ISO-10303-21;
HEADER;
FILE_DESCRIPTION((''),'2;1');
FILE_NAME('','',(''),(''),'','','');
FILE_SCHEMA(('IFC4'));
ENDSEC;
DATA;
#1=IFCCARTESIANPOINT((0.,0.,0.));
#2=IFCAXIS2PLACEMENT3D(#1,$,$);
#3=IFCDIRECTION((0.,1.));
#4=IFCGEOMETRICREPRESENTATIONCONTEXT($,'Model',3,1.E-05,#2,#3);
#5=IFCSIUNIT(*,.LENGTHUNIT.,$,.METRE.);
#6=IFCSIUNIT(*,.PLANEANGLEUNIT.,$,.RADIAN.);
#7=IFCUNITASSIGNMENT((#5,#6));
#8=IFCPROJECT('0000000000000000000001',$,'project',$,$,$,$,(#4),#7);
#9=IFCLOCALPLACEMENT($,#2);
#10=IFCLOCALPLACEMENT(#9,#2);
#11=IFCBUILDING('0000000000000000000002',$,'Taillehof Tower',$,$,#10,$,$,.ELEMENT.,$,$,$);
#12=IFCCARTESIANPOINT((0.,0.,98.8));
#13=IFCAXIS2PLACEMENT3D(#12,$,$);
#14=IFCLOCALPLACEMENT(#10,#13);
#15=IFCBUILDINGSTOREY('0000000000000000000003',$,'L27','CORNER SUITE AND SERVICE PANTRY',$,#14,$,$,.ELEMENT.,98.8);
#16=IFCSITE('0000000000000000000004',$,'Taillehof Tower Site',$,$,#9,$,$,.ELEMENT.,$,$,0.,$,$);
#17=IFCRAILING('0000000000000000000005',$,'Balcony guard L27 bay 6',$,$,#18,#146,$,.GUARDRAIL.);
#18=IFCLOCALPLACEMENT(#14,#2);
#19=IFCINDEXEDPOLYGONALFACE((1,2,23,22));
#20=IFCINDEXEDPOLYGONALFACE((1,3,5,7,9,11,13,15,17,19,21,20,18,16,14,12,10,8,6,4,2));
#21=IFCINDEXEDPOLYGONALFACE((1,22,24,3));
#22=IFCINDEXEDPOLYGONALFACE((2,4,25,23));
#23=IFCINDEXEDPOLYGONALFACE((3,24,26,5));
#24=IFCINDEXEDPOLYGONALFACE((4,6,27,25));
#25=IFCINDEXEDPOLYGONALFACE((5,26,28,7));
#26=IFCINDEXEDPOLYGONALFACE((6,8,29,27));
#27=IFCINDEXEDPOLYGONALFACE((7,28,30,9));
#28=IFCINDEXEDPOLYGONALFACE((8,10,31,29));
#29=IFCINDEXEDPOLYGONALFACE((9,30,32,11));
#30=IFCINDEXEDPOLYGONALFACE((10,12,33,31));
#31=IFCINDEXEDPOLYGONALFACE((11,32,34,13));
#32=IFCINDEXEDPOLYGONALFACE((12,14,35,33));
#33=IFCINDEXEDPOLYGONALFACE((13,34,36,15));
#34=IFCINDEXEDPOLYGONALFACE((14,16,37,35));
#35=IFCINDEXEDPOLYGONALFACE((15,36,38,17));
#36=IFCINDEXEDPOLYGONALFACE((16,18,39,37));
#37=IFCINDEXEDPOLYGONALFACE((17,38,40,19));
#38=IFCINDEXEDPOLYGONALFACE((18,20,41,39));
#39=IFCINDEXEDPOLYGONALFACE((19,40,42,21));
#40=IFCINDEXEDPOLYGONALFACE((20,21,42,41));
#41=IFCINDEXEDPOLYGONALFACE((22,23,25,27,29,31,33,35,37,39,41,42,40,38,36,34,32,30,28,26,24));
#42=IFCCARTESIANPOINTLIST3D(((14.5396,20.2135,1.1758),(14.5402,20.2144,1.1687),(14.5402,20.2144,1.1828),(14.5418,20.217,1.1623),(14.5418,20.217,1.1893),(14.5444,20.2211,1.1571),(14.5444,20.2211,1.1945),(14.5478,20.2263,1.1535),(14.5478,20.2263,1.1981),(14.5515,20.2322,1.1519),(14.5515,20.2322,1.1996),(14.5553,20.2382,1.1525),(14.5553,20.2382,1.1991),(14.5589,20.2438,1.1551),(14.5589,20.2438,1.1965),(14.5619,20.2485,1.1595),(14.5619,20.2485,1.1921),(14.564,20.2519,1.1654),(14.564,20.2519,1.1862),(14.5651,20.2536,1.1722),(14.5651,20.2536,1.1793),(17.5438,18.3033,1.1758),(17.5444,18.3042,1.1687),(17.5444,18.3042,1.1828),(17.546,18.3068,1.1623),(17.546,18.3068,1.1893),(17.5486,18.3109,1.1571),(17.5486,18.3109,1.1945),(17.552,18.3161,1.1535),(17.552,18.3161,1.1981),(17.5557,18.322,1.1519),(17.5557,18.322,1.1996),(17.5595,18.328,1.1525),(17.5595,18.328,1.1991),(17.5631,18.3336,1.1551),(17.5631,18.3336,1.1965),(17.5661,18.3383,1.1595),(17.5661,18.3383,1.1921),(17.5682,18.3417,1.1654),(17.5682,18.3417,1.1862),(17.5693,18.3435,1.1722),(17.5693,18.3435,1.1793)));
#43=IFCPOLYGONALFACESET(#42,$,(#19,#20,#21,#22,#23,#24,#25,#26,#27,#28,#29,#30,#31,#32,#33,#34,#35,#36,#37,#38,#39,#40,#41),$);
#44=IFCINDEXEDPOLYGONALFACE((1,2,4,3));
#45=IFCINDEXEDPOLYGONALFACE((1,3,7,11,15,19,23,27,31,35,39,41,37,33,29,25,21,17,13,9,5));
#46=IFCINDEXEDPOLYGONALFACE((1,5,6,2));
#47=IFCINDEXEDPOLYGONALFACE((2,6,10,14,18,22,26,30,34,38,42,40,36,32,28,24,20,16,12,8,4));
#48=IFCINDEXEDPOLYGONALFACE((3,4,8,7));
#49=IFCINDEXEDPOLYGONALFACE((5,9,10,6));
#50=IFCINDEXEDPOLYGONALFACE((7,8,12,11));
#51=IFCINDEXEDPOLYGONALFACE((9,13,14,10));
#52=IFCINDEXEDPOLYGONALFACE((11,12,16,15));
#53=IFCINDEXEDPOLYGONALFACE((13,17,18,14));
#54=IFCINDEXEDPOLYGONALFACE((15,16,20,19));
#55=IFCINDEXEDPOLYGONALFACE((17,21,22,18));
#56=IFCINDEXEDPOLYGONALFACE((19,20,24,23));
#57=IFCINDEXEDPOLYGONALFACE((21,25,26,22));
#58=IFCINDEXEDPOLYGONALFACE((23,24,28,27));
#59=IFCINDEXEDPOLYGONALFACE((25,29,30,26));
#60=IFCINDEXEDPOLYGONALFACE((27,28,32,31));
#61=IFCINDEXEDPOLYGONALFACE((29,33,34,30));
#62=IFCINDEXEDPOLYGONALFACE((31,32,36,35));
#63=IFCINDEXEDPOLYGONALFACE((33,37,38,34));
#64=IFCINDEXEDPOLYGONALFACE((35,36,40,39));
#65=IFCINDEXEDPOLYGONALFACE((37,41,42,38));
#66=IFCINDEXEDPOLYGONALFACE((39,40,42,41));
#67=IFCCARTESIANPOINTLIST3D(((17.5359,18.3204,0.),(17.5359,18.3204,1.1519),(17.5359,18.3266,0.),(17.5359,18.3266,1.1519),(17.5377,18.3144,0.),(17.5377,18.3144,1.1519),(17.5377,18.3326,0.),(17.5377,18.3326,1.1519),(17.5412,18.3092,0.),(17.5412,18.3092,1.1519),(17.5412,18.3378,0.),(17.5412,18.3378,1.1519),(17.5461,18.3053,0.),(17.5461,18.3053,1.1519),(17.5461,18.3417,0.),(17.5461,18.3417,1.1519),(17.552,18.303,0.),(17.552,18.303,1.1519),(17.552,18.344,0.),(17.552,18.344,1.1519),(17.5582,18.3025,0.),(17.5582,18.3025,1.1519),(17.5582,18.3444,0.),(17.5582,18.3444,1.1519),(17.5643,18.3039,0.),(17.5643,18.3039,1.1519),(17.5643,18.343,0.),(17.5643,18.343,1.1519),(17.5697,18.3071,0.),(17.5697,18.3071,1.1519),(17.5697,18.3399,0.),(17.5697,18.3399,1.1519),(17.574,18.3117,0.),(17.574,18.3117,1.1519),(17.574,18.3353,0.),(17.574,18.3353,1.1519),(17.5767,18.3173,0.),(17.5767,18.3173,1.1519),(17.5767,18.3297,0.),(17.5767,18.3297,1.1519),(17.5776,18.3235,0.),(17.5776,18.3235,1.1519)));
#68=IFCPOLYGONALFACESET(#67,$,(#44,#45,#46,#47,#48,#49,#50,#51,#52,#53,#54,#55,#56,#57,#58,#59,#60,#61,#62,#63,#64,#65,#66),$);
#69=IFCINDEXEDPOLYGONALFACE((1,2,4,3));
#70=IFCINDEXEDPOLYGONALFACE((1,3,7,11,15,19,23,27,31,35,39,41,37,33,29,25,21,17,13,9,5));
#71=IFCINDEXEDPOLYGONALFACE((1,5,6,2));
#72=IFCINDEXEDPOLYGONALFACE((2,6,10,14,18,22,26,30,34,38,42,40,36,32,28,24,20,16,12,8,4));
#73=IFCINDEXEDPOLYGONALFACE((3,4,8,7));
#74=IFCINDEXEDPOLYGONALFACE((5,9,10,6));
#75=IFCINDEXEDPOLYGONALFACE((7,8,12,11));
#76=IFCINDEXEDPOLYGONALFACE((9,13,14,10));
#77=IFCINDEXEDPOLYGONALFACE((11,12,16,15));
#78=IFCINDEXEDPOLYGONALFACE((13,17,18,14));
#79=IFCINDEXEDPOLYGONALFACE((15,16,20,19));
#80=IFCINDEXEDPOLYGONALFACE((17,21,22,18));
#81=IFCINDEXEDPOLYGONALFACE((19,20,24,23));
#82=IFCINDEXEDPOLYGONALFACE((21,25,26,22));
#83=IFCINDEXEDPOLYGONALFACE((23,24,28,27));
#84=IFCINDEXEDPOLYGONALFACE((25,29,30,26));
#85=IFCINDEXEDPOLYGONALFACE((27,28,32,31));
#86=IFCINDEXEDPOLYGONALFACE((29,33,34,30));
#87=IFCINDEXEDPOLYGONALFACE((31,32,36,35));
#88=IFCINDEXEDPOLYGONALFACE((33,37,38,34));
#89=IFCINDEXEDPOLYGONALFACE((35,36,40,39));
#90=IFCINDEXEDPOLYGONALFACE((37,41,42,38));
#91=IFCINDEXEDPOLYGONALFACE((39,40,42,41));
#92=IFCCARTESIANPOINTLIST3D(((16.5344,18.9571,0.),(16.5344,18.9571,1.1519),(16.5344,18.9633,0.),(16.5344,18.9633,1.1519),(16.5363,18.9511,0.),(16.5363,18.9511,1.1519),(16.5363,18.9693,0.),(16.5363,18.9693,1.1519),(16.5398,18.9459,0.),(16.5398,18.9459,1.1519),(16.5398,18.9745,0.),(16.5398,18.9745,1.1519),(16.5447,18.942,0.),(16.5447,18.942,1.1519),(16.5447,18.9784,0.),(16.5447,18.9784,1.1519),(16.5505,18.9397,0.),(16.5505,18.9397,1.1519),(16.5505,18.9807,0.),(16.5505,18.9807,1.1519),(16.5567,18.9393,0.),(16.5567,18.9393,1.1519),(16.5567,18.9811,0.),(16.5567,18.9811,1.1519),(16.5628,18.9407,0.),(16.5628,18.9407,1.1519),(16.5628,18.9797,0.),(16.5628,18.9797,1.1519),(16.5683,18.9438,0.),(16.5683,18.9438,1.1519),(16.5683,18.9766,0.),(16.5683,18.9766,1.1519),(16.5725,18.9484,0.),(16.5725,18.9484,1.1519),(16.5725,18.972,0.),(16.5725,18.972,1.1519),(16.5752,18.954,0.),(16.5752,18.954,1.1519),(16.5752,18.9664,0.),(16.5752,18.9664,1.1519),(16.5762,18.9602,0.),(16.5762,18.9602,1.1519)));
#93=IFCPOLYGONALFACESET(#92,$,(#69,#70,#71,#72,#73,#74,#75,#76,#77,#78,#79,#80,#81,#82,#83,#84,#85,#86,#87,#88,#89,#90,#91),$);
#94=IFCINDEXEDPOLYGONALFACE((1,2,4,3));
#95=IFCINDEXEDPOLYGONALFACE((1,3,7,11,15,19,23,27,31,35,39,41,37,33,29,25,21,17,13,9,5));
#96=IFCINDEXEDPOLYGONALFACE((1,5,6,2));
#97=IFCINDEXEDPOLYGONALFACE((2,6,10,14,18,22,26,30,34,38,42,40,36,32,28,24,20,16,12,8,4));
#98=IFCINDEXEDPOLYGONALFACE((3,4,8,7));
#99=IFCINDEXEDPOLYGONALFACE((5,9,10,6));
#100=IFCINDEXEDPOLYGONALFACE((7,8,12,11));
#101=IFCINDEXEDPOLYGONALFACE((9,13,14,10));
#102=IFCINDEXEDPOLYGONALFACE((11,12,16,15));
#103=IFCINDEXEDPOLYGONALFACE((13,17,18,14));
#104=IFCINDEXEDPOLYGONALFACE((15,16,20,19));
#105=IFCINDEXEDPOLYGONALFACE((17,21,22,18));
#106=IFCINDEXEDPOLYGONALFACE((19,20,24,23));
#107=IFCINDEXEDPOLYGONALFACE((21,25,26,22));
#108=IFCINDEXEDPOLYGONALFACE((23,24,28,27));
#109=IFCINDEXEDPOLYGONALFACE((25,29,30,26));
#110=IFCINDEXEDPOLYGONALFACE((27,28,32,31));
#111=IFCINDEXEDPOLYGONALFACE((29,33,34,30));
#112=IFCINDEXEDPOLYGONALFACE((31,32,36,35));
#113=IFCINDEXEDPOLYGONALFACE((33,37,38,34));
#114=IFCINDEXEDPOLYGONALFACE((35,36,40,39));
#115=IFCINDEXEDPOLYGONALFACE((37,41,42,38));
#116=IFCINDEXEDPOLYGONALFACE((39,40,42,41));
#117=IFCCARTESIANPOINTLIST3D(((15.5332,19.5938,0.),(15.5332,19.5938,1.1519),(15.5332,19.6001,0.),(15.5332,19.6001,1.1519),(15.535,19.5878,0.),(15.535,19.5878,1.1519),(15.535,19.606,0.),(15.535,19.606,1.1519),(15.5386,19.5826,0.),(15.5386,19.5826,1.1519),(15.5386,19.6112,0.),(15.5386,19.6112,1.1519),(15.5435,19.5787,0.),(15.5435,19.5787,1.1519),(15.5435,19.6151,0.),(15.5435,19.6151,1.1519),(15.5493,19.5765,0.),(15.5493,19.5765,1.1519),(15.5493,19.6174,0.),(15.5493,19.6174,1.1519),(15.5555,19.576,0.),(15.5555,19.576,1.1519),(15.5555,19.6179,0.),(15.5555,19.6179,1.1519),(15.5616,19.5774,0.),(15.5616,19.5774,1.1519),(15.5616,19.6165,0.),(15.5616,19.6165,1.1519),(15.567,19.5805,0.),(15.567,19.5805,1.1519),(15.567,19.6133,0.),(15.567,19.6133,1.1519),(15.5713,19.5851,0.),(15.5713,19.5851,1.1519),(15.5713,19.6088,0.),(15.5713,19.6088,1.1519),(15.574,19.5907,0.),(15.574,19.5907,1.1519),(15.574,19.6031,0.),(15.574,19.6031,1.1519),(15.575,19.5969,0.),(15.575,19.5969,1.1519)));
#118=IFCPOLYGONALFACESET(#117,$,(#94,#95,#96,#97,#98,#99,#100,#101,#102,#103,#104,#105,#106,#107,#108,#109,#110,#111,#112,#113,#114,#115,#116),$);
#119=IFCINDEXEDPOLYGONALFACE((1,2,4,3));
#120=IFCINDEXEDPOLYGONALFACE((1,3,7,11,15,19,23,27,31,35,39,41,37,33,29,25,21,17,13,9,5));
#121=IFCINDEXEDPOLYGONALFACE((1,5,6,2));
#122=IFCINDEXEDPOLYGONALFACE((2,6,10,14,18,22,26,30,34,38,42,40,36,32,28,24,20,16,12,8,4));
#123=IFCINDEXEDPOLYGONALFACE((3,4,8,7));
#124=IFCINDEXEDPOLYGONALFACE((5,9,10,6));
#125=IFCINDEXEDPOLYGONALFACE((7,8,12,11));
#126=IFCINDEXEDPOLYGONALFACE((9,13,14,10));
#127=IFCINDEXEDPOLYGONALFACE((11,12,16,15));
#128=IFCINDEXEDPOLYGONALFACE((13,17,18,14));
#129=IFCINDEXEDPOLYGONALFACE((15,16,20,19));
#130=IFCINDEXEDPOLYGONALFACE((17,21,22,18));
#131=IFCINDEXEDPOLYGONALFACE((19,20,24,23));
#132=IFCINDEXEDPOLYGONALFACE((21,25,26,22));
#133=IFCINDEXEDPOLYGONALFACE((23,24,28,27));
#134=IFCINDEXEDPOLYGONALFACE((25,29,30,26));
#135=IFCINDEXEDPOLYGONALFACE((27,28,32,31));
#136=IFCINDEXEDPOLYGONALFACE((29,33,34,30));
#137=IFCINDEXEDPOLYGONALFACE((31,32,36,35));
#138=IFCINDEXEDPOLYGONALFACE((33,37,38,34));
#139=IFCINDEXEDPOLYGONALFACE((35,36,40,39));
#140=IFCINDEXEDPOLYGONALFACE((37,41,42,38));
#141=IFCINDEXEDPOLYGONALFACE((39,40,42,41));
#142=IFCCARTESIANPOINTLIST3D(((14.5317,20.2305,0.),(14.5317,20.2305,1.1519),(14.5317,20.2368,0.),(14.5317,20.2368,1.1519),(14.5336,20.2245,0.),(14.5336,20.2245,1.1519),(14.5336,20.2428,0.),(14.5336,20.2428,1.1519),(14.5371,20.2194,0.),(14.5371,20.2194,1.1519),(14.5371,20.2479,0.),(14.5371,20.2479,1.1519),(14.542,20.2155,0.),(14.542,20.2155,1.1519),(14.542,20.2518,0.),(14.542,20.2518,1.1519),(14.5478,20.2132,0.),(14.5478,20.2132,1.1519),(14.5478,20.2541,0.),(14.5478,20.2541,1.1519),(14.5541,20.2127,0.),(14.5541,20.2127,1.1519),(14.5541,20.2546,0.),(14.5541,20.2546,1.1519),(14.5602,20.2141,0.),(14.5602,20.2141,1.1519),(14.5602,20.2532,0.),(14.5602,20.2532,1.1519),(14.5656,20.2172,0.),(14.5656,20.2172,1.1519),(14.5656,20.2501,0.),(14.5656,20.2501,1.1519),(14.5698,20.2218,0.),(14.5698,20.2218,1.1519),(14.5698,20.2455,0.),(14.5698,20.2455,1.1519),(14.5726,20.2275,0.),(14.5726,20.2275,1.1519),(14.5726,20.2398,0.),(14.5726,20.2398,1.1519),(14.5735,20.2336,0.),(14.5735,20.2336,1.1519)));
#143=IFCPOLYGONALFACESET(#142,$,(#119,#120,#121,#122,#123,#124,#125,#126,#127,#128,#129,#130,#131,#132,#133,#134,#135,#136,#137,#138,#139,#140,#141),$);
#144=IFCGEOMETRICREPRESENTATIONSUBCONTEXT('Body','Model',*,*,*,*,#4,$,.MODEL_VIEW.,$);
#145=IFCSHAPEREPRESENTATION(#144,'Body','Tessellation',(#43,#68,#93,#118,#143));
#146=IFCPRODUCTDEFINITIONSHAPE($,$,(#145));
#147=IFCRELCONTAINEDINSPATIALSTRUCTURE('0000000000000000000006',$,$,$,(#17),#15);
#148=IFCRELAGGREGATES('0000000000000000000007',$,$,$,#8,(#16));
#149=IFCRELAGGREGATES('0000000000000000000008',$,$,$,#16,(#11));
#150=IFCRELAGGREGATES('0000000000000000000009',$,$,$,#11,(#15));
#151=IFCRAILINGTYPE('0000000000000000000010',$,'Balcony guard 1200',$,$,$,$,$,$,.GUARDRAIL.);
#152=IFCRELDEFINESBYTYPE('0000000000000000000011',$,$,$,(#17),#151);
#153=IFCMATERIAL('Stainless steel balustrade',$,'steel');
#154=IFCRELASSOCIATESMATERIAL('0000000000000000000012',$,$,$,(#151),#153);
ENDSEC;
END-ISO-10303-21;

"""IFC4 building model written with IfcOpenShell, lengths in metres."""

from ifc_helpers import new_model, si_unit, direction, frame, origin, origin_2d, place, context, subcontext, project, spatial, circle, extrude, material, type_object, element, save


model = new_model("IFC4")

# Units and contexts
model_context = context("Model", 3, precision=1e-05, world=origin(), true_north=direction((0.0, 1.0)))
body_context = subcontext(model_context, "Body", "Model", "MODEL_VIEW")
ifc_project = project(units=[si_unit("LENGTHUNIT", "METRE"), si_unit("PLANEANGLEUNIT", "RADIAN")], contexts=[model_context])

# Site, building, storey
site_placement = place(None, origin())
site = spatial("IfcSite", under=ifc_project, at=site_placement, Name="Taillehof Tower Site", CompositionType="ELEMENT", RefElevation=0.0)
building_placement = place(site_placement, origin())
building = spatial("IfcBuilding", under=site, at=building_placement, Name="Taillehof Tower", CompositionType="ELEMENT")
storey_placement = place(building_placement, frame((0.0, 0.0, 98.8)))
storey = spatial("IfcBuildingStorey", under=building, at=storey_placement, Name="L27", Description="CORNER SUITE AND SERVICE PANTRY", CompositionType="ELEMENT", Elevation=98.8)

# Railing
ifc_material_1 = material(Name="Stainless steel balustrade", Category="steel")
railing_type = type_object("IfcRailingType", Name="Balcony guard 1200", PredefinedType="GUARDRAIL", material=ifc_material_1)
railing_1_placement = place(storey_placement, frame((17.5566, 18.3235, 0.0)))
element("IfcRailing", 1, at=railing_1_placement, inside=storey, type_object=railing_type, Name="Balcony guard L27 bay 6", PredefinedType="GUARDRAIL", context=body_context, shape_type="SweptSolid", body=[
    extrude(circle(Radius=0.0239, at=origin_2d()), frame((0.0, 0.0, 1.1758), z_axis=(-0.843862, 0.53656, 0.0), x_axis=(-0.53656, -0.843862, 0.0)), (0.0, 0.0, 1.0), 3.5601),
    extrude(circle(Radius=0.021, at=origin_2d()), origin(), (0.0, 0.0, 1.0), 1.1519),
    extrude(circle(Radius=0.021, at=origin_2d()), frame((-1.0015, 0.6367, 0.0)), (0.0, 0.0, 1.0), 1.1519),
    extrude(circle(Radius=0.021, at=origin_2d()), frame((-2.0027, 1.2734, 0.0)), (0.0, 0.0, 1.0), 1.1519),
    extrude(circle(Radius=0.021, at=origin_2d()), frame((-3.0042, 1.9102, 0.0)), (0.0, 0.0, 1.0), 1.1519),
])

save(model, "model.ifc")
